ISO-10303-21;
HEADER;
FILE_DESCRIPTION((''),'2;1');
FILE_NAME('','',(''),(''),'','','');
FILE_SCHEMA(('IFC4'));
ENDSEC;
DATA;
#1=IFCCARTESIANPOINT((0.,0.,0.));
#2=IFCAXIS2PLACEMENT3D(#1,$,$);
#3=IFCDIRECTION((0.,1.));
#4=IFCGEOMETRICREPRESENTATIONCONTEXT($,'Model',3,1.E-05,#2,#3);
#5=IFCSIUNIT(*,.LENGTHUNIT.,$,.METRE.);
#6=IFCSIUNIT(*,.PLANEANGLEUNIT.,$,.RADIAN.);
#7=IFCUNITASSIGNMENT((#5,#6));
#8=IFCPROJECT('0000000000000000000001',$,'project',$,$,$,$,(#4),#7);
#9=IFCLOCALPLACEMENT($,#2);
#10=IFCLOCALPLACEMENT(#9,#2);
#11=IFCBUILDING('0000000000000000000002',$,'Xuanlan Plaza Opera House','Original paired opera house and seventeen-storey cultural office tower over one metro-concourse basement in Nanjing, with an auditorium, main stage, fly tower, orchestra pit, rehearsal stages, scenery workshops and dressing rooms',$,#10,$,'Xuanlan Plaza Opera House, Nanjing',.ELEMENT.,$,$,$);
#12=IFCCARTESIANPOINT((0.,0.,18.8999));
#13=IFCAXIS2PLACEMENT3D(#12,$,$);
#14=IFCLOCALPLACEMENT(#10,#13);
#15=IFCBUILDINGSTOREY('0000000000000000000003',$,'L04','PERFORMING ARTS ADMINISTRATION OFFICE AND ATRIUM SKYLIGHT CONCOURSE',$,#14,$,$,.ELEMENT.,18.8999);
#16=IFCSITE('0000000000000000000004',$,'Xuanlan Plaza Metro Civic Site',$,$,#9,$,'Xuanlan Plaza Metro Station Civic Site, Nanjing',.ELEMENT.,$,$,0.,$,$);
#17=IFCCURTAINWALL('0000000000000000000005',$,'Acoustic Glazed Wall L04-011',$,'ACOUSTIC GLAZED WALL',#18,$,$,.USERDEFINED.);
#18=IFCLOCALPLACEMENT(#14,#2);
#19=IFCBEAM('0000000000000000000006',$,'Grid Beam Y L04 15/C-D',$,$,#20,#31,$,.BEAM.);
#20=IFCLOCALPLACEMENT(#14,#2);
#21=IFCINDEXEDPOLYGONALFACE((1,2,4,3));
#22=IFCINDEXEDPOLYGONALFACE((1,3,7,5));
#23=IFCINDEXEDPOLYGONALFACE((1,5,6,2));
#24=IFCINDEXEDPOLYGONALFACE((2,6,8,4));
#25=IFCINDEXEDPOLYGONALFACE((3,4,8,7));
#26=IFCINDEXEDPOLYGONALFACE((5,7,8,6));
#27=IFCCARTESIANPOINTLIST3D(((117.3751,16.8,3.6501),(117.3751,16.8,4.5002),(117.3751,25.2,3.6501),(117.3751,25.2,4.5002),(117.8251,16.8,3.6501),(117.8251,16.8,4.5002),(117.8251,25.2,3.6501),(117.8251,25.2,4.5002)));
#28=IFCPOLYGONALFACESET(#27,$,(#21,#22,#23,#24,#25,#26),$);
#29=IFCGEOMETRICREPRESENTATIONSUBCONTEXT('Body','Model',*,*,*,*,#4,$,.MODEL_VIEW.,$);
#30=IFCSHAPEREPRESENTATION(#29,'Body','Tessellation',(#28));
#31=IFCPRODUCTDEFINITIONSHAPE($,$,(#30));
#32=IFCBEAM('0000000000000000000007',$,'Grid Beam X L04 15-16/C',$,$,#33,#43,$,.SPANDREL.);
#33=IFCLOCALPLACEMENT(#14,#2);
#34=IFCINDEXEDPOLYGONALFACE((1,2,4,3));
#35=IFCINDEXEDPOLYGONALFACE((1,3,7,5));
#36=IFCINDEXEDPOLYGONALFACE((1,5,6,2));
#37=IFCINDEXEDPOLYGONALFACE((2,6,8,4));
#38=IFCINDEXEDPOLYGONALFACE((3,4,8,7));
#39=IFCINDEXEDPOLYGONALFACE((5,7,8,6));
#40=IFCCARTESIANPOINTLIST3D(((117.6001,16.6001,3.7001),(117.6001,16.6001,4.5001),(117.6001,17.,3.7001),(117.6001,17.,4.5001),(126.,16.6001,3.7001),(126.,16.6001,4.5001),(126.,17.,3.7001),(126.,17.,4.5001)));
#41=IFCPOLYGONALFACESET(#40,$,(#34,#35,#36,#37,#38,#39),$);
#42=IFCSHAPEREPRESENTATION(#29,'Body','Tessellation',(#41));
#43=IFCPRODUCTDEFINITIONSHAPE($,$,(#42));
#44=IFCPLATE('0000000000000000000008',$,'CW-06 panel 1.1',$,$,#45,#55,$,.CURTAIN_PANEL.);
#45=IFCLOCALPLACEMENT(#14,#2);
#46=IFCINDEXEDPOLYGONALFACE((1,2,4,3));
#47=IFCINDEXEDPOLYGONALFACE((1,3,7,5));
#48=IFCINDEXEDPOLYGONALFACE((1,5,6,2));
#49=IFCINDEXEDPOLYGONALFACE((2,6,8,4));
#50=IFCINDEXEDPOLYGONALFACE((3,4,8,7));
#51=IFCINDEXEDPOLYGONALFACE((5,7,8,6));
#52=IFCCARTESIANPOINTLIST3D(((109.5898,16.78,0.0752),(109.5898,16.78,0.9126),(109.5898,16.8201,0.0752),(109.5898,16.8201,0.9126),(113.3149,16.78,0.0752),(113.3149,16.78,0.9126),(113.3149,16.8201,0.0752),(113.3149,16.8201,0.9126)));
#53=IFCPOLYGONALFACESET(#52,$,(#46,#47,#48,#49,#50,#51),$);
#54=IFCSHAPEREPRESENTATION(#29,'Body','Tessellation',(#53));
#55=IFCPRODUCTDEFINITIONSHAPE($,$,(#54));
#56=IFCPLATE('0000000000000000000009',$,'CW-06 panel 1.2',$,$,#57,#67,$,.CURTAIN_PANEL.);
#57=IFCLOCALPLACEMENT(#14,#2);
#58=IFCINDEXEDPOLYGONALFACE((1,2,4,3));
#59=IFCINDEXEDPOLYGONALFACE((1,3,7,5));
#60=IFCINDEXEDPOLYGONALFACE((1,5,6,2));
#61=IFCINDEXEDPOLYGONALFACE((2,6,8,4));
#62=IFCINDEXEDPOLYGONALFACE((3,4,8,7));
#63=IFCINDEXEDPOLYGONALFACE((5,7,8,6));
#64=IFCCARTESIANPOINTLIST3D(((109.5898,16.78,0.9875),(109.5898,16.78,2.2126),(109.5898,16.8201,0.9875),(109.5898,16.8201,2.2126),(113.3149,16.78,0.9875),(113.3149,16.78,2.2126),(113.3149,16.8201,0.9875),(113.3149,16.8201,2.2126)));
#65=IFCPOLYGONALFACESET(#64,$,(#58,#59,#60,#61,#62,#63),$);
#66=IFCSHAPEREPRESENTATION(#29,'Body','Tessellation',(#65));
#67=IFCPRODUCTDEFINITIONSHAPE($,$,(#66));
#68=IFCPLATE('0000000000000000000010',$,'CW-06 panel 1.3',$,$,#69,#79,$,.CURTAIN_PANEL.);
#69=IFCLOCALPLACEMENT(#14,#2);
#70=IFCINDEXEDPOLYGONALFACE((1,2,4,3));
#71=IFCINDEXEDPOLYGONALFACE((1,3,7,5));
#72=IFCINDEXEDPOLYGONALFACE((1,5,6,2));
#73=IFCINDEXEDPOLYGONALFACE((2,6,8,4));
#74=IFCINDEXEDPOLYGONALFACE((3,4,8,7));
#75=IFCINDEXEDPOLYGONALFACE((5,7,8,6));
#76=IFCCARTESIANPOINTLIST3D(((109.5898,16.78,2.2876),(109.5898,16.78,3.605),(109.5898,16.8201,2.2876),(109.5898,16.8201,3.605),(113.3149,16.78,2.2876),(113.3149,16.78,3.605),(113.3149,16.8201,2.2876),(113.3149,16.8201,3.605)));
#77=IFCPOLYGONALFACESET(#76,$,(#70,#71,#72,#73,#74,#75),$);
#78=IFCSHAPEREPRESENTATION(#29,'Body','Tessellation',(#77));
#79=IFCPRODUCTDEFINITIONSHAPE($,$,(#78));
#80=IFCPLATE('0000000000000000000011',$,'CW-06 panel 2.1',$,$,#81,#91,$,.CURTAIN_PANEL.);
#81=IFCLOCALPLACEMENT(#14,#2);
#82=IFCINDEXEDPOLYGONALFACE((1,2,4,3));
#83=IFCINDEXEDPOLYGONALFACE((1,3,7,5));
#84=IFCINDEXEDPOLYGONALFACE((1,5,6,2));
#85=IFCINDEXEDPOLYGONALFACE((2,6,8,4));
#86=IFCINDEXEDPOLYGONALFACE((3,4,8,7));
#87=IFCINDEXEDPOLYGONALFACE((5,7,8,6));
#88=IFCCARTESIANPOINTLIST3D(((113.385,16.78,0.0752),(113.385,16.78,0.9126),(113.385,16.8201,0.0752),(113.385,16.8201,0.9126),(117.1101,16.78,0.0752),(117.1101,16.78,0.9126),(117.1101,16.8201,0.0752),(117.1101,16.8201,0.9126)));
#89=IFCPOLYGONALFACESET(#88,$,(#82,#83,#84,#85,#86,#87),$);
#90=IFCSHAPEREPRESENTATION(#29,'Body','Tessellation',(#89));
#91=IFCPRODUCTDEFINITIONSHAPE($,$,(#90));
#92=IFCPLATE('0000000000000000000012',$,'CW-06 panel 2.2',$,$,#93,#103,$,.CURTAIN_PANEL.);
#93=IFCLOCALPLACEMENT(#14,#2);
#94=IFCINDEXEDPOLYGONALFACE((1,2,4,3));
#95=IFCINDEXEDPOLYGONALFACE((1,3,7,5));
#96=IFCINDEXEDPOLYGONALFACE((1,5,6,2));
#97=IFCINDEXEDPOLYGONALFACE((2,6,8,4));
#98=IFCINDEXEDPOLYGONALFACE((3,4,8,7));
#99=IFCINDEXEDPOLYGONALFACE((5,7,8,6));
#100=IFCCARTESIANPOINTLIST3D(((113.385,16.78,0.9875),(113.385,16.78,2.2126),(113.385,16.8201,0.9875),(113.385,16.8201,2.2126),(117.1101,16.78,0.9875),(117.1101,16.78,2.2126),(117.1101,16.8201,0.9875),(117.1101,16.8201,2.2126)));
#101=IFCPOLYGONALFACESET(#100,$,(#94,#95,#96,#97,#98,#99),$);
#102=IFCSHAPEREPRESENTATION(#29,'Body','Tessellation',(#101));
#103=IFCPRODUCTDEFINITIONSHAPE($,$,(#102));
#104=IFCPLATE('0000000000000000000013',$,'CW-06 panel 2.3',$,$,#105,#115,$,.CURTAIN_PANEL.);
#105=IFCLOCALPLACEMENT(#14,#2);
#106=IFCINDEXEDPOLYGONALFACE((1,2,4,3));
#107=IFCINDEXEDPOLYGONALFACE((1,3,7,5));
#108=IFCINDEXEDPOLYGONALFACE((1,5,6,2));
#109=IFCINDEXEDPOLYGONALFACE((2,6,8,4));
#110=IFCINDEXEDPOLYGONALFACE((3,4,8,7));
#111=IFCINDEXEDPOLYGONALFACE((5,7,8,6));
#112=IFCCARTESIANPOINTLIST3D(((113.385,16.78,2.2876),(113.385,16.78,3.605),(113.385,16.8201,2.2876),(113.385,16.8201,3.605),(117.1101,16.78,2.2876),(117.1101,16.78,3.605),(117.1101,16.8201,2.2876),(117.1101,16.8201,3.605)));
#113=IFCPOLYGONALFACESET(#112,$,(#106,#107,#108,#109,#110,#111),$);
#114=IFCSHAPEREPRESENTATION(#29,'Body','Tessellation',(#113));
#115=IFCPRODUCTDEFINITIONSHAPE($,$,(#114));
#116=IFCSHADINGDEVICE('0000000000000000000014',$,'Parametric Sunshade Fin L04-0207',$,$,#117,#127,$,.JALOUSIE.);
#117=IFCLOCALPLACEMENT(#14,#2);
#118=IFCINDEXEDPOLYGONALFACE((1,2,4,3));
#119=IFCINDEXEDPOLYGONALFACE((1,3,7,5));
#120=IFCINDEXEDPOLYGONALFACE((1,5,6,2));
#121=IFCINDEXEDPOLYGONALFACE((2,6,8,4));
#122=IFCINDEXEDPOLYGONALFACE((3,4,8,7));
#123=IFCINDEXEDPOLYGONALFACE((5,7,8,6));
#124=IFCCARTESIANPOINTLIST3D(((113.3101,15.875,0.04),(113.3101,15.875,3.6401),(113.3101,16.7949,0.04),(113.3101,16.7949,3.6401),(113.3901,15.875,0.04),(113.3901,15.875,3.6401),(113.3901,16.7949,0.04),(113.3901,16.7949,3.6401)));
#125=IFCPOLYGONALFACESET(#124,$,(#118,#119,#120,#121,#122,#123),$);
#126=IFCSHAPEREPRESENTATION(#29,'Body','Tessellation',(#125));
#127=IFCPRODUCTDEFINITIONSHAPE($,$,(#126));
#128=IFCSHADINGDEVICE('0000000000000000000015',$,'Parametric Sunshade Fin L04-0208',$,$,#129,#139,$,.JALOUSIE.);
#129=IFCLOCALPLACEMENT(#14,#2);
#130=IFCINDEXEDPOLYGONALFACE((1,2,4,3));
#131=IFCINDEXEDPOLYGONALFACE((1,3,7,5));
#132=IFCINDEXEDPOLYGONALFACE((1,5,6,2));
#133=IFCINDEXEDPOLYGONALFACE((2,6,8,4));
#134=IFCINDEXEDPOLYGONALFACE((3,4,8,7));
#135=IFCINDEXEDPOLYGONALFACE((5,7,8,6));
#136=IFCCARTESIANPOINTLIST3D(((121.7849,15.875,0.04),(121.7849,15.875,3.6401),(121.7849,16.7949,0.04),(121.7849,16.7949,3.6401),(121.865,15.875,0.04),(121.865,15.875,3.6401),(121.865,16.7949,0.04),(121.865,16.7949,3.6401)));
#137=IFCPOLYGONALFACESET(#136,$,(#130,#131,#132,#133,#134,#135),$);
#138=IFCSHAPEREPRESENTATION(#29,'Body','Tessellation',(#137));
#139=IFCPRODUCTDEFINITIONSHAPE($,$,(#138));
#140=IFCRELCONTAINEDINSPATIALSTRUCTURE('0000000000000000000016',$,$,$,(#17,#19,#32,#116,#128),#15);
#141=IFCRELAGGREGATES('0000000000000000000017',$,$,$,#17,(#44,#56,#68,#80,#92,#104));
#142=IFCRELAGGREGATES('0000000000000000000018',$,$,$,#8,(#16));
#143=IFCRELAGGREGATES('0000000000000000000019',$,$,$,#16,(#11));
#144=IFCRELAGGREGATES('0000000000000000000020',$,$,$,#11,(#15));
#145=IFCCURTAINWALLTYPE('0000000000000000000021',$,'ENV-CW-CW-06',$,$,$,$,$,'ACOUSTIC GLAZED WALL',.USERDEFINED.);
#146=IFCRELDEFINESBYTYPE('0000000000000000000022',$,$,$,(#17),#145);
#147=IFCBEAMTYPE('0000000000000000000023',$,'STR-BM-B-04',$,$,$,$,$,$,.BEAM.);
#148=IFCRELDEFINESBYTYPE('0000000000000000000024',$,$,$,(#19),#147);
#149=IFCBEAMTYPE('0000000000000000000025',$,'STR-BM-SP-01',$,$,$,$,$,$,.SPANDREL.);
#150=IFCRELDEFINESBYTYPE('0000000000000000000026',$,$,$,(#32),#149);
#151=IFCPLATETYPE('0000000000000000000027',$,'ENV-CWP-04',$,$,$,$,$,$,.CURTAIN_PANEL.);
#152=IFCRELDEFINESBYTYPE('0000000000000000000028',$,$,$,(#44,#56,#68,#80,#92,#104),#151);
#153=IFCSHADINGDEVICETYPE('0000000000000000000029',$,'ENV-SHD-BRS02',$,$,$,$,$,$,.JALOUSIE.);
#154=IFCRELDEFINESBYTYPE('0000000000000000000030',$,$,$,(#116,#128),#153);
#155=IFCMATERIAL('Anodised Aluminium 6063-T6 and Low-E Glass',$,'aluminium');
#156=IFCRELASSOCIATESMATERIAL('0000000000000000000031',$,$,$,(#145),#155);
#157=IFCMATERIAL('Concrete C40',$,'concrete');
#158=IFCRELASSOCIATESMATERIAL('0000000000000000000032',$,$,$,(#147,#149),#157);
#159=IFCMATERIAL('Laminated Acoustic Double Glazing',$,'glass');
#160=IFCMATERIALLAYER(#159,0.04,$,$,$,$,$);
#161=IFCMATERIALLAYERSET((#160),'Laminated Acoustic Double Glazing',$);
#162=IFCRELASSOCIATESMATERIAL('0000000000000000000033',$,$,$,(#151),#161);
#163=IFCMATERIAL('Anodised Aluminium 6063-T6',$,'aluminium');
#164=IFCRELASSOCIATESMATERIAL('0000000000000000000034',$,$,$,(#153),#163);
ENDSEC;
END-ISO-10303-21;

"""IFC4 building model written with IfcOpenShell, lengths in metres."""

from ifc_helpers import new_model, si_unit, direction, frame, origin, origin_2d, place, context, subcontext, project, spatial, rectangle, extrude, material, layer, layer_set, material_profile, profile_set, type_object, element, aggregate, save


model = new_model("IFC4")

# Units and contexts
model_context = context("Model", 3, precision=1e-05, world=origin(), true_north=direction((0.0, 1.0)))
body_context = subcontext(model_context, "Body", "Model", "MODEL_VIEW")
ifc_project = project(units=[si_unit("LENGTHUNIT", "METRE"), si_unit("PLANEANGLEUNIT", "RADIAN")], contexts=[model_context])

# Site, building, storey
site_placement = place(None, origin())
site = spatial("IfcSite", under=ifc_project, at=site_placement, Name="Xuanlan Plaza Metro Civic Site", LongName="Xuanlan Plaza Metro Station Civic Site, Nanjing", CompositionType="ELEMENT", RefElevation=0.0)
building_placement = place(site_placement, origin())
building = spatial("IfcBuilding", under=site, at=building_placement, Name="Xuanlan Plaza Opera House", Description="Original paired opera house and seventeen-storey cultural office tower over one metro-concourse basement in Nanjing, with an auditorium, main stage, fly tower, orchestra pit, rehearsal stages, scenery workshops and dressing rooms", LongName="Xuanlan Plaza Opera House, Nanjing", CompositionType="ELEMENT")
storey_placement = place(building_placement, frame((0.0, 0.0, 18.8999)))
storey = spatial("IfcBuildingStorey", under=building, at=storey_placement, Name="L04", Description="PERFORMING ARTS ADMINISTRATION OFFICE AND ATRIUM SKYLIGHT CONCOURSE", CompositionType="ELEMENT", Elevation=18.8999)

# Shared definitions
ifc_material_1 = material(Name="Concrete C40", Category="concrete")

# Curtain wall
ifc_material_2 = material(Name="Anodised Aluminium 6063-T6 and Low-E Glass", Category="aluminium")
curtain_wall_type_1 = type_object("IfcCurtainWallType", Name="ENV-CW-CW-06", ElementType="ACOUSTIC GLAZED WALL", PredefinedType="USERDEFINED", material=ifc_material_2)
curtain_wall_1_placement = place(storey_placement, origin())
curtain_wall_1 = element("IfcCurtainWall", 1, at=curtain_wall_1_placement, inside=storey, type_object=curtain_wall_type_1, Name="Acoustic Glazed Wall L04-011", ObjectType="ACOUSTIC GLAZED WALL", PredefinedType="USERDEFINED")
ifc_material_3 = material(Name="Anodised Aluminium 6063-T6", Category="aluminium")

# Beams
ifc_material_profile_1 = material_profile(ifc_material_1, rectangle(XDim=0.45, YDim=0.8501, at=origin_2d()), Name="RC-BM 450x850")
ifc_profile_set_1 = profile_set([ifc_material_profile_1], Name="Concrete C40")
beam_type_1 = type_object("IfcBeamType", Name="STR-BM-B-04", PredefinedType="BEAM", material=ifc_profile_set_1)
beam_1_placement = place(storey_placement, frame((117.6001, 16.8, 4.0752), z_axis=(0.0, 1.0, 0.0), x_axis=(-1.0, 0.0, 0.0)))
element("IfcBeam", 2, at=beam_1_placement, inside=storey, type_object=beam_type_1, Name="Grid Beam Y L04 15/C-D", PredefinedType="BEAM", context=body_context, shape_type="SweptSolid", body=[
    extrude(rectangle(XDim=0.45, YDim=0.8501, at=origin_2d()), origin(), (0.0, 0.0, 1.0), 8.3999),
])
ifc_material_profile_2 = material_profile(ifc_material_1, rectangle(XDim=0.3999, YDim=0.8, at=origin_2d()), Name="RC-SPD 400x800")
ifc_profile_set_2 = profile_set([ifc_material_profile_2], Name="Concrete C40")
beam_type_2 = type_object("IfcBeamType", Name="STR-BM-SP-01", PredefinedType="SPANDREL", material=ifc_profile_set_2)
beam_2_placement = place(storey_placement, frame((117.6001, 16.8, 4.1001), z_axis=(1.0, 0.0, 0.0), x_axis=(0.0, 1.0, 0.0)))
element("IfcBeam", 3, at=beam_2_placement, inside=storey, type_object=beam_type_2, Name="Grid Beam X L04 15-16/C", PredefinedType="SPANDREL", context=body_context, shape_type="SweptSolid", body=[
    extrude(rectangle(XDim=0.3999, YDim=0.8, at=origin_2d()), origin(), (0.0, 0.0, 1.0), 8.3999),
])

# Plates
ifc_material_4 = material(Name="Laminated Acoustic Double Glazing", Category="glass")
ifc_layer = layer(ifc_material_4, 0.04)
ifc_layer_set = layer_set([ifc_layer], Name="Laminated Acoustic Double Glazing")
plate_type = type_object("IfcPlateType", Name="ENV-CWP-04", PredefinedType="CURTAIN_PANEL", material=ifc_layer_set)
plate_1_placement = place(storey_placement, frame((111.4524, 16.8, 0.0752), z_axis=(0.0, 0.0, 1.0), x_axis=(1.0, 0.0, 0.0)))
plate_1 = element("IfcPlate", 4, at=plate_1_placement, type_object=plate_type, Name="CW-06 panel 1.1", PredefinedType="CURTAIN_PANEL", context=body_context, shape_type="SweptSolid", body=[
    extrude(rectangle(XDim=3.7251, YDim=0.04, at=origin_2d()), origin(), (0.0, 0.0, 1.0), 0.8374),
])
plate_2_placement = place(storey_placement, frame((111.4524, 16.8, 0.9875), z_axis=(0.0, 0.0, 1.0), x_axis=(1.0, 0.0, 0.0)))
plate_2 = element("IfcPlate", 5, at=plate_2_placement, type_object=plate_type, Name="CW-06 panel 1.2", PredefinedType="CURTAIN_PANEL", context=body_context, shape_type="SweptSolid", body=[
    extrude(rectangle(XDim=3.7251, YDim=0.04, at=origin_2d()), origin(), (0.0, 0.0, 1.0), 1.2251),
])
plate_3_placement = place(storey_placement, frame((111.4524, 16.8, 2.2876), z_axis=(0.0, 0.0, 1.0), x_axis=(1.0, 0.0, 0.0)))
plate_3 = element("IfcPlate", 6, at=plate_3_placement, type_object=plate_type, Name="CW-06 panel 1.3", PredefinedType="CURTAIN_PANEL", context=body_context, shape_type="SweptSolid", body=[
    extrude(rectangle(XDim=3.7251, YDim=0.04, at=origin_2d()), origin(), (0.0, 0.0, 1.0), 1.3174),
])
plate_4_placement = place(storey_placement, frame((115.2476, 16.8, 0.0752), z_axis=(0.0, 0.0, 1.0), x_axis=(1.0, 0.0, 0.0)))
plate_4 = element("IfcPlate", 7, at=plate_4_placement, type_object=plate_type, Name="CW-06 panel 2.1", PredefinedType="CURTAIN_PANEL", context=body_context, shape_type="SweptSolid", body=[
    extrude(rectangle(XDim=3.7251, YDim=0.04, at=origin_2d()), origin(), (0.0, 0.0, 1.0), 0.8374),
])
plate_5_placement = place(storey_placement, frame((115.2476, 16.8, 0.9875), z_axis=(0.0, 0.0, 1.0), x_axis=(1.0, 0.0, 0.0)))
plate_5 = element("IfcPlate", 8, at=plate_5_placement, type_object=plate_type, Name="CW-06 panel 2.2", PredefinedType="CURTAIN_PANEL", context=body_context, shape_type="SweptSolid", body=[
    extrude(rectangle(XDim=3.7251, YDim=0.04, at=origin_2d()), origin(), (0.0, 0.0, 1.0), 1.2251),
])
plate_6_placement = place(storey_placement, frame((115.2476, 16.8, 2.2876), z_axis=(0.0, 0.0, 1.0), x_axis=(1.0, 0.0, 0.0)))
plate_6 = element("IfcPlate", 9, at=plate_6_placement, type_object=plate_type, Name="CW-06 panel 2.3", PredefinedType="CURTAIN_PANEL", context=body_context, shape_type="SweptSolid", body=[
    extrude(rectangle(XDim=3.7251, YDim=0.04, at=origin_2d()), origin(), (0.0, 0.0, 1.0), 1.3174),
])
aggregate(curtain_wall_1, [plate_1, plate_2, plate_3, plate_4, plate_5, plate_6])

# Shading devices
shading_device_type = type_object("IfcShadingDeviceType", Name="ENV-SHD-BRS02", PredefinedType="JALOUSIE", material=ifc_material_3)
for number, where, z_axis, x_axis, name in (
    (10, (113.3501, 16.335, 0.04), (0.0, 0.0, 1.0), (0.0, -1.0, 0.0), "Parametric Sunshade Fin L04-0207"),
    (11, (121.825, 16.335, 0.04), (0.0, 0.0, 1.0), (0.0, -1.0, 0.0), "Parametric Sunshade Fin L04-0208"),
):
    element("IfcShadingDevice", number, at=place(storey_placement, frame(where, z_axis=z_axis, x_axis=x_axis)), inside=storey, type_object=shading_device_type, Name=name, PredefinedType="JALOUSIE", context=body_context, shape_type="SweptSolid", body=[
        extrude(rectangle(XDim=0.9199, YDim=0.0801, at=origin_2d()), origin(), (0.0, 0.0, 1.0), 3.6001),
    ])

save(model, "model.ifc")
